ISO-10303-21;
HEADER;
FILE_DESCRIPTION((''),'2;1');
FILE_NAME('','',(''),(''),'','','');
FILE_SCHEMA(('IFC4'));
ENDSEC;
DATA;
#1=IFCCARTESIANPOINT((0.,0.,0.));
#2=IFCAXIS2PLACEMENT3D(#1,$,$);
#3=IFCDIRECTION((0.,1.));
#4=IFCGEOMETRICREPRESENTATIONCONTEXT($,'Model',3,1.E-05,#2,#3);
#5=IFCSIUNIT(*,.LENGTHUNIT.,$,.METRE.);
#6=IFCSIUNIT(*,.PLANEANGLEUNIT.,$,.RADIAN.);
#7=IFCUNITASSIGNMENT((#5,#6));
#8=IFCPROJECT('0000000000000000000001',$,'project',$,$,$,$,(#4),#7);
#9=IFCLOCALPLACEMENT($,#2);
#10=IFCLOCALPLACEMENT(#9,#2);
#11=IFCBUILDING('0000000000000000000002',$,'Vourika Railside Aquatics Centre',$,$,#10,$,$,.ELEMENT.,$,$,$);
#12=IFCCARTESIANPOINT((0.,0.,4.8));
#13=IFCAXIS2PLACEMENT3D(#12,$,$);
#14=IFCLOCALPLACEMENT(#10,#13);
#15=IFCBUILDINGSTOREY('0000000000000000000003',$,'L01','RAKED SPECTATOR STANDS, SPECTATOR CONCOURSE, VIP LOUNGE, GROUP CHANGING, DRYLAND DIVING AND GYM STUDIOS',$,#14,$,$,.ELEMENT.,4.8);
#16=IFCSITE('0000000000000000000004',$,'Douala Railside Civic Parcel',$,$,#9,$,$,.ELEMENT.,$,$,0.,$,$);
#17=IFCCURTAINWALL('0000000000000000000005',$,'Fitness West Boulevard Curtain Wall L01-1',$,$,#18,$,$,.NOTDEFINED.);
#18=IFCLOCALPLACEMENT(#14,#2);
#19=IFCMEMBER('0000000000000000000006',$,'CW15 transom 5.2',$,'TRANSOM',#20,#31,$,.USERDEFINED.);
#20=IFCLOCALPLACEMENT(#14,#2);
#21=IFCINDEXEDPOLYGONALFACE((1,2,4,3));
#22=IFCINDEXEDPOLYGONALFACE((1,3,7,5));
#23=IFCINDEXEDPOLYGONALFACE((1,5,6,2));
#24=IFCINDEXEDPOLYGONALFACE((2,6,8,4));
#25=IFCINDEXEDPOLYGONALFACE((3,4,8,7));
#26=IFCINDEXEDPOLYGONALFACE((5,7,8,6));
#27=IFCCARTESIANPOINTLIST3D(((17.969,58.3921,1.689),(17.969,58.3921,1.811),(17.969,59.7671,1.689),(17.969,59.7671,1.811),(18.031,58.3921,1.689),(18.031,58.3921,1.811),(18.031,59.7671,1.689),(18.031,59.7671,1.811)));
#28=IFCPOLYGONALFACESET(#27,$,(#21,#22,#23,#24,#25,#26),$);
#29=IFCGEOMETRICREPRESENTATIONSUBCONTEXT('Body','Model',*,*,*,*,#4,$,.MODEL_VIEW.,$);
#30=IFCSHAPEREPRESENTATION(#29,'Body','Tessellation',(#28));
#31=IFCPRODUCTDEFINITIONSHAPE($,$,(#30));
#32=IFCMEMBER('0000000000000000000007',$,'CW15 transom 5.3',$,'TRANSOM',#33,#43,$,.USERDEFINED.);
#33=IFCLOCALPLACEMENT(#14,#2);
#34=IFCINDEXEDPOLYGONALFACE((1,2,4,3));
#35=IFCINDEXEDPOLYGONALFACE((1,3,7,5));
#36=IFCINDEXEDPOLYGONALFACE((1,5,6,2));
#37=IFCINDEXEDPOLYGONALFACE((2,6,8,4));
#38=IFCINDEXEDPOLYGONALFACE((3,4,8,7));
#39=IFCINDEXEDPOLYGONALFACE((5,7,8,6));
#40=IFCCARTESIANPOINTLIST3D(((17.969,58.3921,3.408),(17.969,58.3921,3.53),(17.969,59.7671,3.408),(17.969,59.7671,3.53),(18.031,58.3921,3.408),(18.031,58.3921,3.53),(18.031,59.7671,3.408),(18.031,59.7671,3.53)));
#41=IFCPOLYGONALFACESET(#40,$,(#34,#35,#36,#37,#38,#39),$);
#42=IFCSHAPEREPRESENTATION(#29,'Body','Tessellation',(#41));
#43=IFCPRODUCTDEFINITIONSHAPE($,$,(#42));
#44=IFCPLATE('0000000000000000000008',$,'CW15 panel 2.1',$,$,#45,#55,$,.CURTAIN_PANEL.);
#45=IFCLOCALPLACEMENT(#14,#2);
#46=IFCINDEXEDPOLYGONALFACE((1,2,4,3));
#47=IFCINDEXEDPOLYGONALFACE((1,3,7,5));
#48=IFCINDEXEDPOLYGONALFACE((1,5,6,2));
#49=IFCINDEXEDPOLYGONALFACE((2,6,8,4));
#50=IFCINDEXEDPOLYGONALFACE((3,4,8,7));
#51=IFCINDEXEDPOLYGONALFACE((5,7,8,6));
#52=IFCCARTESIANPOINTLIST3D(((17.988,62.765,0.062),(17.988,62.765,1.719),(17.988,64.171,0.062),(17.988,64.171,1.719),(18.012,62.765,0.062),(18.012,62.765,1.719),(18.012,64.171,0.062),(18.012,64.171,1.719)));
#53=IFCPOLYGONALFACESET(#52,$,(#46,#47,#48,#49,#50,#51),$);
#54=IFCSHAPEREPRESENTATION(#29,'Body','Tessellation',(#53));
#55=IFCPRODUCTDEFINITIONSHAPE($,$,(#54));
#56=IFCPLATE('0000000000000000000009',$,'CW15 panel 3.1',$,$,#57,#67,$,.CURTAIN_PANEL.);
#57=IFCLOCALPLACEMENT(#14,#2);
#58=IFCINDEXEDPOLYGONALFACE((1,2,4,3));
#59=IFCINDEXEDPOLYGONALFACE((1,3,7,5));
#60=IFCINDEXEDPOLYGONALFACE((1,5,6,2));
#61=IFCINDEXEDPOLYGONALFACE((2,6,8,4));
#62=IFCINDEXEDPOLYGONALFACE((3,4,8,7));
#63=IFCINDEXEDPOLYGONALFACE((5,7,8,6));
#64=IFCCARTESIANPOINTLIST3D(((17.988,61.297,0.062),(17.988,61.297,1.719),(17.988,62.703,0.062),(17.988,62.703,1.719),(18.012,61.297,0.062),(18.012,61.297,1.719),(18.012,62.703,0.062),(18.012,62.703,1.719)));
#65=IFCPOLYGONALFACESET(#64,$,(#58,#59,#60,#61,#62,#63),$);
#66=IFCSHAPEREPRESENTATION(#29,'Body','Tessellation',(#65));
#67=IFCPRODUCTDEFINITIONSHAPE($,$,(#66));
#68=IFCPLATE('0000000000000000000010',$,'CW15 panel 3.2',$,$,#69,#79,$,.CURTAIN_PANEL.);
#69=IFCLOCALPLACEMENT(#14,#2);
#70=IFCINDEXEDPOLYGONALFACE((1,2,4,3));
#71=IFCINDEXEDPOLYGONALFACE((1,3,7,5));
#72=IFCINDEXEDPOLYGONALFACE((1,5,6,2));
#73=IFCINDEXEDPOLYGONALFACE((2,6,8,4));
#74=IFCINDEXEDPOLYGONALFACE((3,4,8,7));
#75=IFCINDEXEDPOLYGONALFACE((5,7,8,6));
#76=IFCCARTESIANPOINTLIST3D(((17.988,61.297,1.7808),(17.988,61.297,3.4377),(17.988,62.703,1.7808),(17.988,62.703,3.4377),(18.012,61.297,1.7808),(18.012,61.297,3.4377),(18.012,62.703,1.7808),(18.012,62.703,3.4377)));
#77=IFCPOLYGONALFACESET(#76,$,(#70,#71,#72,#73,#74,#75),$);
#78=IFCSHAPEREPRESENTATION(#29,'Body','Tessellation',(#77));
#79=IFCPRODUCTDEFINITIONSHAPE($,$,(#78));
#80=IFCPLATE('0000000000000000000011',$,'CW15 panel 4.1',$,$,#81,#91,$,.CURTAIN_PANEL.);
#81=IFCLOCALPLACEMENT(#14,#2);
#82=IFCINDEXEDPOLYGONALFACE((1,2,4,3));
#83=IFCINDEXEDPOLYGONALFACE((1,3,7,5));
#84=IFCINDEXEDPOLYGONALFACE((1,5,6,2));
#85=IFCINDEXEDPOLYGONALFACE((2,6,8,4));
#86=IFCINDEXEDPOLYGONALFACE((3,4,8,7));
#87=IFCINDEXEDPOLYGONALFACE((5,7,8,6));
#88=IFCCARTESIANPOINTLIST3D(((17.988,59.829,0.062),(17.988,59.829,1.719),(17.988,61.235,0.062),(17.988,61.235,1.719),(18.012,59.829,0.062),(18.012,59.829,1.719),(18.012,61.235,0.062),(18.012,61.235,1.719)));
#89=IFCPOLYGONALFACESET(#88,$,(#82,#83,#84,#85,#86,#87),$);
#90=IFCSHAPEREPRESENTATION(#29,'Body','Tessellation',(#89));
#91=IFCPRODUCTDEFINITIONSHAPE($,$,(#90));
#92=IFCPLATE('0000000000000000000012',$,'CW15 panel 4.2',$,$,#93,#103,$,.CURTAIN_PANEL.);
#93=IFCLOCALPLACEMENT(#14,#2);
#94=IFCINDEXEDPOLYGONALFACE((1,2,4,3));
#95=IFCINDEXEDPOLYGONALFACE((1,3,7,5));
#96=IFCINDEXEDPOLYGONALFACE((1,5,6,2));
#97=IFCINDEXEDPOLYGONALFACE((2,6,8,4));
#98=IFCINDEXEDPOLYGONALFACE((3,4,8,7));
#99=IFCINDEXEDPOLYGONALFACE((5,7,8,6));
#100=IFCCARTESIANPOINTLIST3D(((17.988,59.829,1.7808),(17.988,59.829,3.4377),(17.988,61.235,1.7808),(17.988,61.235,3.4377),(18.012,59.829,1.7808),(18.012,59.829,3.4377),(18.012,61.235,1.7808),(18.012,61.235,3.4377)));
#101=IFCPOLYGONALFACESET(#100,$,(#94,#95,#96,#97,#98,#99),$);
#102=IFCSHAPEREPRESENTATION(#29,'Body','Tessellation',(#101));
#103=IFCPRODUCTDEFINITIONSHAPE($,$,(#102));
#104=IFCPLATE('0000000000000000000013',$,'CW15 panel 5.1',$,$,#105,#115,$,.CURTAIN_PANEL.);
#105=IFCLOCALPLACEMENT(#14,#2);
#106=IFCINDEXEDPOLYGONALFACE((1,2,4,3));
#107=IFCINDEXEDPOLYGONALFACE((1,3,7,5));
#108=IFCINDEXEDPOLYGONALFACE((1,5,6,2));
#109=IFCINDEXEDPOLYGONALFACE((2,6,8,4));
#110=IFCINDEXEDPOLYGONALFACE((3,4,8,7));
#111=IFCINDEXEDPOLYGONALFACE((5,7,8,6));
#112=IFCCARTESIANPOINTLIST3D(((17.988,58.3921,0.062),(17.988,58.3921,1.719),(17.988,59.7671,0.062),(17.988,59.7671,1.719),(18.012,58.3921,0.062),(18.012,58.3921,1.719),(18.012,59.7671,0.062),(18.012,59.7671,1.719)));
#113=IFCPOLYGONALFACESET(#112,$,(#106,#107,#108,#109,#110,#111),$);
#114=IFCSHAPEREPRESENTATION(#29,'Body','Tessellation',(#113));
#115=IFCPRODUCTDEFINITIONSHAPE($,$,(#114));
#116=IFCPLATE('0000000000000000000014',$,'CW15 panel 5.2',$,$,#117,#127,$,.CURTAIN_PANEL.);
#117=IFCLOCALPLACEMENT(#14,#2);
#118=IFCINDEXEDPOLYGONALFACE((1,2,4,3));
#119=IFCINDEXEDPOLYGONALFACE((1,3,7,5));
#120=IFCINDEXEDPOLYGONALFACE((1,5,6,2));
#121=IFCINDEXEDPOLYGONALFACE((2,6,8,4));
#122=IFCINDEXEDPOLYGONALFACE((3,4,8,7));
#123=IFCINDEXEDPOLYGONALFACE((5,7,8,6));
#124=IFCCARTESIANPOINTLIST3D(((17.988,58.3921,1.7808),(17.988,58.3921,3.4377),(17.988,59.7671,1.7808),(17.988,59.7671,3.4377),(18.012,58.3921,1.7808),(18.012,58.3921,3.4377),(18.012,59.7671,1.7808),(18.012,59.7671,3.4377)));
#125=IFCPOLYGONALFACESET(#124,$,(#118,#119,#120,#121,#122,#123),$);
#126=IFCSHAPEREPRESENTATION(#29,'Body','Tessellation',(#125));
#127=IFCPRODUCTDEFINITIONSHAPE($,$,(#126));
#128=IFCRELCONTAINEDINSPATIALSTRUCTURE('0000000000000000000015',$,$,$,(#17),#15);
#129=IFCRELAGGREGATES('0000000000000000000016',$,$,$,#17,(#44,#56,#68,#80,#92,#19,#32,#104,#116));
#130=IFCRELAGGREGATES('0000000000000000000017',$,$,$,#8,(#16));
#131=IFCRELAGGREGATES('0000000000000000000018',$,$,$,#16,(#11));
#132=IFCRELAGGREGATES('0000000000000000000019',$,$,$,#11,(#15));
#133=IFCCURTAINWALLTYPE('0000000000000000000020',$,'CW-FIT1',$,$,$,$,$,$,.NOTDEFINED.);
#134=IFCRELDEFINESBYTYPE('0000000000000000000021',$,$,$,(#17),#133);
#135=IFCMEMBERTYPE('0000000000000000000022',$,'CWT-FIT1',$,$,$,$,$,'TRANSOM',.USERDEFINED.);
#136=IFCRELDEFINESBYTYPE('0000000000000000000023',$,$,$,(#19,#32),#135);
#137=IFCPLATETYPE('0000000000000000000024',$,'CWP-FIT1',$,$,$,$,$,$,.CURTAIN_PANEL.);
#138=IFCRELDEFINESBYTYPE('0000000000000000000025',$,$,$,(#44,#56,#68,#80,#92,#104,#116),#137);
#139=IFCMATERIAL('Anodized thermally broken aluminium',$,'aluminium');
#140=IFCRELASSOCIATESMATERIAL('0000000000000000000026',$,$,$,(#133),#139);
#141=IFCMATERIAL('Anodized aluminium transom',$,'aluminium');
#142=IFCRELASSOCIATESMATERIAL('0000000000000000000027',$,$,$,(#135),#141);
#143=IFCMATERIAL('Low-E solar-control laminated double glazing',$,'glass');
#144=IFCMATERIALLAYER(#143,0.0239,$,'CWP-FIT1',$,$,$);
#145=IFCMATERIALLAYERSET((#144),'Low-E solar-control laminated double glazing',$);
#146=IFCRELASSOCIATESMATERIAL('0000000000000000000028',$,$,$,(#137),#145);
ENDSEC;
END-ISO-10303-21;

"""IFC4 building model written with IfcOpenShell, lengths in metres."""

from ifc_helpers import new_model, si_unit, direction, frame, origin, origin_2d, place, context, subcontext, project, spatial, rectangle, extrude, material, layer, layer_set, material_profile, profile_set, type_object, element, aggregate, save


model = new_model("IFC4")

# Units and contexts
model_context = context("Model", 3, precision=1e-05, world=origin(), true_north=direction((0.0, 1.0)))
body_context = subcontext(model_context, "Body", "Model", "MODEL_VIEW")
ifc_project = project(units=[si_unit("LENGTHUNIT", "METRE"), si_unit("PLANEANGLEUNIT", "RADIAN")], contexts=[model_context])

# Site, building, storey
site_placement = place(None, origin())
site = spatial("IfcSite", under=ifc_project, at=site_placement, Name="Douala Railside Civic Parcel", CompositionType="ELEMENT", RefElevation=0.0)
building_placement = place(site_placement, origin())
building = spatial("IfcBuilding", under=site, at=building_placement, Name="Vourika Railside Aquatics Centre", CompositionType="ELEMENT")
storey_placement = place(building_placement, frame((0.0, 0.0, 4.8)))
storey = spatial("IfcBuildingStorey", under=building, at=storey_placement, Name="L01", Description="RAKED SPECTATOR STANDS, SPECTATOR CONCOURSE, VIP LOUNGE, GROUP CHANGING, DRYLAND DIVING AND GYM STUDIOS", CompositionType="ELEMENT", Elevation=4.8)

# Curtain wall, members, plates
ifc_material_1 = material(Name="Anodized thermally broken aluminium", Category="aluminium")
curtain_wall_type = type_object("IfcCurtainWallType", Name="CW-FIT1", PredefinedType="NOTDEFINED", material=ifc_material_1)
curtain_wall_placement = place(storey_placement, origin())
curtain_wall = element("IfcCurtainWall", 1, at=curtain_wall_placement, inside=storey, type_object=curtain_wall_type, Name="Fitness West Boulevard Curtain Wall L01-1", PredefinedType="NOTDEFINED")
ifc_material_2 = material(Name="Anodized aluminium transom", Category="aluminium")
ifc_material_profile_1 = material_profile(ifc_material_2, rectangle(XDim=0.062, YDim=0.1221, at=origin_2d()), Name="ALU-T 62x122")
ifc_profile_set_1 = profile_set([ifc_material_profile_1], Name="Anodized aluminium transom")
member_type_1 = type_object("IfcMemberType", Name="CWT-FIT1", ElementType="TRANSOM", PredefinedType="USERDEFINED", material=ifc_profile_set_1)
member_1_placement = place(storey_placement, frame((18.0, 59.7671, 1.75), z_axis=(0.0, -1.0, 0.0), x_axis=(1.0, 0.0, 0.0)))
member_1 = element("IfcMember", 2, at=member_1_placement, type_object=member_type_1, Name="CW15 transom 5.2", ObjectType="TRANSOM", PredefinedType="USERDEFINED", context=body_context, shape_type="SweptSolid", body=[
    extrude(rectangle(XDim=0.062, YDim=0.1221, at=origin_2d()), origin(), (0.0, 0.0, 1.0), 1.375),
])
member_2_placement = place(storey_placement, frame((18.0, 59.7671, 3.469), z_axis=(0.0, -1.0, 0.0), x_axis=(1.0, 0.0, 0.0)))
member_2 = element("IfcMember", 3, at=member_2_placement, type_object=member_type_1, Name="CW15 transom 5.3", ObjectType="TRANSOM", PredefinedType="USERDEFINED", context=body_context, shape_type="SweptSolid", body=[
    extrude(rectangle(XDim=0.062, YDim=0.1221, at=origin_2d()), origin(), (0.0, 0.0, 1.0), 1.375),
])
ifc_material_3 = material(Name="Low-E solar-control laminated double glazing", Category="glass")
ifc_layer = layer(ifc_material_3, 0.0239, Name="CWP-FIT1")
ifc_layer_set = layer_set([ifc_layer], Name="Low-E solar-control laminated double glazing")
plate_type = type_object("IfcPlateType", Name="CWP-FIT1", PredefinedType="CURTAIN_PANEL", material=ifc_layer_set)
plate_1_placement = place(storey_placement, frame((18.0, 63.468, 0.062), z_axis=(0.0, 0.0, 1.0), x_axis=(0.0, -1.0, 0.0)))
plate_1 = element("IfcPlate", 4, at=plate_1_placement, type_object=plate_type, Name="CW15 panel 2.1", PredefinedType="CURTAIN_PANEL", context=body_context, shape_type="SweptSolid", body=[
    extrude(rectangle(XDim=1.406, YDim=0.0239, at=origin_2d()), origin(), (0.0, 0.0, 1.0), 1.657),
])
plate_2_placement = place(storey_placement, frame((18.0, 62.0, 0.062), z_axis=(0.0, 0.0, 1.0), x_axis=(0.0, -1.0, 0.0)))
plate_2 = element("IfcPlate", 5, at=plate_2_placement, type_object=plate_type, Name="CW15 panel 3.1", PredefinedType="CURTAIN_PANEL", context=body_context, shape_type="SweptSolid", body=[
    extrude(rectangle(XDim=1.406, YDim=0.0239, at=origin_2d()), origin(), (0.0, 0.0, 1.0), 1.657),
])
plate_3_placement = place(storey_placement, frame((18.0, 62.0, 1.7808), z_axis=(0.0, 0.0, 1.0), x_axis=(0.0, -1.0, 0.0)))
plate_3 = element("IfcPlate", 6, at=plate_3_placement, type_object=plate_type, Name="CW15 panel 3.2", PredefinedType="CURTAIN_PANEL", context=body_context, shape_type="SweptSolid", body=[
    extrude(rectangle(XDim=1.406, YDim=0.0239, at=origin_2d()), origin(), (0.0, 0.0, 1.0), 1.657),
])
plate_4_placement = place(storey_placement, frame((18.0, 60.532, 0.062), z_axis=(0.0, 0.0, 1.0), x_axis=(0.0, -1.0, 0.0)))
plate_4 = element("IfcPlate", 7, at=plate_4_placement, type_object=plate_type, Name="CW15 panel 4.1", PredefinedType="CURTAIN_PANEL", context=body_context, shape_type="SweptSolid", body=[
    extrude(rectangle(XDim=1.406, YDim=0.0239, at=origin_2d()), origin(), (0.0, 0.0, 1.0), 1.657),
])
plate_5_placement = place(storey_placement, frame((18.0, 60.532, 1.7808), z_axis=(0.0, 0.0, 1.0), x_axis=(0.0, -1.0, 0.0)))
plate_5 = element("IfcPlate", 8, at=plate_5_placement, type_object=plate_type, Name="CW15 panel 4.2", PredefinedType="CURTAIN_PANEL", context=body_context, shape_type="SweptSolid", body=[
    extrude(rectangle(XDim=1.406, YDim=0.0239, at=origin_2d()), origin(), (0.0, 0.0, 1.0), 1.657),
])
plate_6_placement = place(storey_placement, frame((18.0, 59.0796, 0.062), z_axis=(0.0, 0.0, 1.0), x_axis=(0.0, -1.0, 0.0)))
plate_6 = element("IfcPlate", 9, at=plate_6_placement, type_object=plate_type, Name="CW15 panel 5.1", PredefinedType="CURTAIN_PANEL", context=body_context, shape_type="SweptSolid", body=[
    extrude(rectangle(XDim=1.375, YDim=0.0239, at=origin_2d()), origin(), (0.0, 0.0, 1.0), 1.657),
])
plate_7_placement = place(storey_placement, frame((18.0, 59.0796, 1.7808), z_axis=(0.0, 0.0, 1.0), x_axis=(0.0, -1.0, 0.0)))
plate_7 = element("IfcPlate", 10, at=plate_7_placement, type_object=plate_type, Name="CW15 panel 5.2", PredefinedType="CURTAIN_PANEL", context=body_context, shape_type="SweptSolid", body=[
    extrude(rectangle(XDim=1.375, YDim=0.0239, at=origin_2d()), origin(), (0.0, 0.0, 1.0), 1.657),
])
aggregate(curtain_wall, [plate_1, plate_2, plate_3, plate_4, plate_5, member_1, member_2, plate_6, plate_7])

save(model, "model.ifc")
